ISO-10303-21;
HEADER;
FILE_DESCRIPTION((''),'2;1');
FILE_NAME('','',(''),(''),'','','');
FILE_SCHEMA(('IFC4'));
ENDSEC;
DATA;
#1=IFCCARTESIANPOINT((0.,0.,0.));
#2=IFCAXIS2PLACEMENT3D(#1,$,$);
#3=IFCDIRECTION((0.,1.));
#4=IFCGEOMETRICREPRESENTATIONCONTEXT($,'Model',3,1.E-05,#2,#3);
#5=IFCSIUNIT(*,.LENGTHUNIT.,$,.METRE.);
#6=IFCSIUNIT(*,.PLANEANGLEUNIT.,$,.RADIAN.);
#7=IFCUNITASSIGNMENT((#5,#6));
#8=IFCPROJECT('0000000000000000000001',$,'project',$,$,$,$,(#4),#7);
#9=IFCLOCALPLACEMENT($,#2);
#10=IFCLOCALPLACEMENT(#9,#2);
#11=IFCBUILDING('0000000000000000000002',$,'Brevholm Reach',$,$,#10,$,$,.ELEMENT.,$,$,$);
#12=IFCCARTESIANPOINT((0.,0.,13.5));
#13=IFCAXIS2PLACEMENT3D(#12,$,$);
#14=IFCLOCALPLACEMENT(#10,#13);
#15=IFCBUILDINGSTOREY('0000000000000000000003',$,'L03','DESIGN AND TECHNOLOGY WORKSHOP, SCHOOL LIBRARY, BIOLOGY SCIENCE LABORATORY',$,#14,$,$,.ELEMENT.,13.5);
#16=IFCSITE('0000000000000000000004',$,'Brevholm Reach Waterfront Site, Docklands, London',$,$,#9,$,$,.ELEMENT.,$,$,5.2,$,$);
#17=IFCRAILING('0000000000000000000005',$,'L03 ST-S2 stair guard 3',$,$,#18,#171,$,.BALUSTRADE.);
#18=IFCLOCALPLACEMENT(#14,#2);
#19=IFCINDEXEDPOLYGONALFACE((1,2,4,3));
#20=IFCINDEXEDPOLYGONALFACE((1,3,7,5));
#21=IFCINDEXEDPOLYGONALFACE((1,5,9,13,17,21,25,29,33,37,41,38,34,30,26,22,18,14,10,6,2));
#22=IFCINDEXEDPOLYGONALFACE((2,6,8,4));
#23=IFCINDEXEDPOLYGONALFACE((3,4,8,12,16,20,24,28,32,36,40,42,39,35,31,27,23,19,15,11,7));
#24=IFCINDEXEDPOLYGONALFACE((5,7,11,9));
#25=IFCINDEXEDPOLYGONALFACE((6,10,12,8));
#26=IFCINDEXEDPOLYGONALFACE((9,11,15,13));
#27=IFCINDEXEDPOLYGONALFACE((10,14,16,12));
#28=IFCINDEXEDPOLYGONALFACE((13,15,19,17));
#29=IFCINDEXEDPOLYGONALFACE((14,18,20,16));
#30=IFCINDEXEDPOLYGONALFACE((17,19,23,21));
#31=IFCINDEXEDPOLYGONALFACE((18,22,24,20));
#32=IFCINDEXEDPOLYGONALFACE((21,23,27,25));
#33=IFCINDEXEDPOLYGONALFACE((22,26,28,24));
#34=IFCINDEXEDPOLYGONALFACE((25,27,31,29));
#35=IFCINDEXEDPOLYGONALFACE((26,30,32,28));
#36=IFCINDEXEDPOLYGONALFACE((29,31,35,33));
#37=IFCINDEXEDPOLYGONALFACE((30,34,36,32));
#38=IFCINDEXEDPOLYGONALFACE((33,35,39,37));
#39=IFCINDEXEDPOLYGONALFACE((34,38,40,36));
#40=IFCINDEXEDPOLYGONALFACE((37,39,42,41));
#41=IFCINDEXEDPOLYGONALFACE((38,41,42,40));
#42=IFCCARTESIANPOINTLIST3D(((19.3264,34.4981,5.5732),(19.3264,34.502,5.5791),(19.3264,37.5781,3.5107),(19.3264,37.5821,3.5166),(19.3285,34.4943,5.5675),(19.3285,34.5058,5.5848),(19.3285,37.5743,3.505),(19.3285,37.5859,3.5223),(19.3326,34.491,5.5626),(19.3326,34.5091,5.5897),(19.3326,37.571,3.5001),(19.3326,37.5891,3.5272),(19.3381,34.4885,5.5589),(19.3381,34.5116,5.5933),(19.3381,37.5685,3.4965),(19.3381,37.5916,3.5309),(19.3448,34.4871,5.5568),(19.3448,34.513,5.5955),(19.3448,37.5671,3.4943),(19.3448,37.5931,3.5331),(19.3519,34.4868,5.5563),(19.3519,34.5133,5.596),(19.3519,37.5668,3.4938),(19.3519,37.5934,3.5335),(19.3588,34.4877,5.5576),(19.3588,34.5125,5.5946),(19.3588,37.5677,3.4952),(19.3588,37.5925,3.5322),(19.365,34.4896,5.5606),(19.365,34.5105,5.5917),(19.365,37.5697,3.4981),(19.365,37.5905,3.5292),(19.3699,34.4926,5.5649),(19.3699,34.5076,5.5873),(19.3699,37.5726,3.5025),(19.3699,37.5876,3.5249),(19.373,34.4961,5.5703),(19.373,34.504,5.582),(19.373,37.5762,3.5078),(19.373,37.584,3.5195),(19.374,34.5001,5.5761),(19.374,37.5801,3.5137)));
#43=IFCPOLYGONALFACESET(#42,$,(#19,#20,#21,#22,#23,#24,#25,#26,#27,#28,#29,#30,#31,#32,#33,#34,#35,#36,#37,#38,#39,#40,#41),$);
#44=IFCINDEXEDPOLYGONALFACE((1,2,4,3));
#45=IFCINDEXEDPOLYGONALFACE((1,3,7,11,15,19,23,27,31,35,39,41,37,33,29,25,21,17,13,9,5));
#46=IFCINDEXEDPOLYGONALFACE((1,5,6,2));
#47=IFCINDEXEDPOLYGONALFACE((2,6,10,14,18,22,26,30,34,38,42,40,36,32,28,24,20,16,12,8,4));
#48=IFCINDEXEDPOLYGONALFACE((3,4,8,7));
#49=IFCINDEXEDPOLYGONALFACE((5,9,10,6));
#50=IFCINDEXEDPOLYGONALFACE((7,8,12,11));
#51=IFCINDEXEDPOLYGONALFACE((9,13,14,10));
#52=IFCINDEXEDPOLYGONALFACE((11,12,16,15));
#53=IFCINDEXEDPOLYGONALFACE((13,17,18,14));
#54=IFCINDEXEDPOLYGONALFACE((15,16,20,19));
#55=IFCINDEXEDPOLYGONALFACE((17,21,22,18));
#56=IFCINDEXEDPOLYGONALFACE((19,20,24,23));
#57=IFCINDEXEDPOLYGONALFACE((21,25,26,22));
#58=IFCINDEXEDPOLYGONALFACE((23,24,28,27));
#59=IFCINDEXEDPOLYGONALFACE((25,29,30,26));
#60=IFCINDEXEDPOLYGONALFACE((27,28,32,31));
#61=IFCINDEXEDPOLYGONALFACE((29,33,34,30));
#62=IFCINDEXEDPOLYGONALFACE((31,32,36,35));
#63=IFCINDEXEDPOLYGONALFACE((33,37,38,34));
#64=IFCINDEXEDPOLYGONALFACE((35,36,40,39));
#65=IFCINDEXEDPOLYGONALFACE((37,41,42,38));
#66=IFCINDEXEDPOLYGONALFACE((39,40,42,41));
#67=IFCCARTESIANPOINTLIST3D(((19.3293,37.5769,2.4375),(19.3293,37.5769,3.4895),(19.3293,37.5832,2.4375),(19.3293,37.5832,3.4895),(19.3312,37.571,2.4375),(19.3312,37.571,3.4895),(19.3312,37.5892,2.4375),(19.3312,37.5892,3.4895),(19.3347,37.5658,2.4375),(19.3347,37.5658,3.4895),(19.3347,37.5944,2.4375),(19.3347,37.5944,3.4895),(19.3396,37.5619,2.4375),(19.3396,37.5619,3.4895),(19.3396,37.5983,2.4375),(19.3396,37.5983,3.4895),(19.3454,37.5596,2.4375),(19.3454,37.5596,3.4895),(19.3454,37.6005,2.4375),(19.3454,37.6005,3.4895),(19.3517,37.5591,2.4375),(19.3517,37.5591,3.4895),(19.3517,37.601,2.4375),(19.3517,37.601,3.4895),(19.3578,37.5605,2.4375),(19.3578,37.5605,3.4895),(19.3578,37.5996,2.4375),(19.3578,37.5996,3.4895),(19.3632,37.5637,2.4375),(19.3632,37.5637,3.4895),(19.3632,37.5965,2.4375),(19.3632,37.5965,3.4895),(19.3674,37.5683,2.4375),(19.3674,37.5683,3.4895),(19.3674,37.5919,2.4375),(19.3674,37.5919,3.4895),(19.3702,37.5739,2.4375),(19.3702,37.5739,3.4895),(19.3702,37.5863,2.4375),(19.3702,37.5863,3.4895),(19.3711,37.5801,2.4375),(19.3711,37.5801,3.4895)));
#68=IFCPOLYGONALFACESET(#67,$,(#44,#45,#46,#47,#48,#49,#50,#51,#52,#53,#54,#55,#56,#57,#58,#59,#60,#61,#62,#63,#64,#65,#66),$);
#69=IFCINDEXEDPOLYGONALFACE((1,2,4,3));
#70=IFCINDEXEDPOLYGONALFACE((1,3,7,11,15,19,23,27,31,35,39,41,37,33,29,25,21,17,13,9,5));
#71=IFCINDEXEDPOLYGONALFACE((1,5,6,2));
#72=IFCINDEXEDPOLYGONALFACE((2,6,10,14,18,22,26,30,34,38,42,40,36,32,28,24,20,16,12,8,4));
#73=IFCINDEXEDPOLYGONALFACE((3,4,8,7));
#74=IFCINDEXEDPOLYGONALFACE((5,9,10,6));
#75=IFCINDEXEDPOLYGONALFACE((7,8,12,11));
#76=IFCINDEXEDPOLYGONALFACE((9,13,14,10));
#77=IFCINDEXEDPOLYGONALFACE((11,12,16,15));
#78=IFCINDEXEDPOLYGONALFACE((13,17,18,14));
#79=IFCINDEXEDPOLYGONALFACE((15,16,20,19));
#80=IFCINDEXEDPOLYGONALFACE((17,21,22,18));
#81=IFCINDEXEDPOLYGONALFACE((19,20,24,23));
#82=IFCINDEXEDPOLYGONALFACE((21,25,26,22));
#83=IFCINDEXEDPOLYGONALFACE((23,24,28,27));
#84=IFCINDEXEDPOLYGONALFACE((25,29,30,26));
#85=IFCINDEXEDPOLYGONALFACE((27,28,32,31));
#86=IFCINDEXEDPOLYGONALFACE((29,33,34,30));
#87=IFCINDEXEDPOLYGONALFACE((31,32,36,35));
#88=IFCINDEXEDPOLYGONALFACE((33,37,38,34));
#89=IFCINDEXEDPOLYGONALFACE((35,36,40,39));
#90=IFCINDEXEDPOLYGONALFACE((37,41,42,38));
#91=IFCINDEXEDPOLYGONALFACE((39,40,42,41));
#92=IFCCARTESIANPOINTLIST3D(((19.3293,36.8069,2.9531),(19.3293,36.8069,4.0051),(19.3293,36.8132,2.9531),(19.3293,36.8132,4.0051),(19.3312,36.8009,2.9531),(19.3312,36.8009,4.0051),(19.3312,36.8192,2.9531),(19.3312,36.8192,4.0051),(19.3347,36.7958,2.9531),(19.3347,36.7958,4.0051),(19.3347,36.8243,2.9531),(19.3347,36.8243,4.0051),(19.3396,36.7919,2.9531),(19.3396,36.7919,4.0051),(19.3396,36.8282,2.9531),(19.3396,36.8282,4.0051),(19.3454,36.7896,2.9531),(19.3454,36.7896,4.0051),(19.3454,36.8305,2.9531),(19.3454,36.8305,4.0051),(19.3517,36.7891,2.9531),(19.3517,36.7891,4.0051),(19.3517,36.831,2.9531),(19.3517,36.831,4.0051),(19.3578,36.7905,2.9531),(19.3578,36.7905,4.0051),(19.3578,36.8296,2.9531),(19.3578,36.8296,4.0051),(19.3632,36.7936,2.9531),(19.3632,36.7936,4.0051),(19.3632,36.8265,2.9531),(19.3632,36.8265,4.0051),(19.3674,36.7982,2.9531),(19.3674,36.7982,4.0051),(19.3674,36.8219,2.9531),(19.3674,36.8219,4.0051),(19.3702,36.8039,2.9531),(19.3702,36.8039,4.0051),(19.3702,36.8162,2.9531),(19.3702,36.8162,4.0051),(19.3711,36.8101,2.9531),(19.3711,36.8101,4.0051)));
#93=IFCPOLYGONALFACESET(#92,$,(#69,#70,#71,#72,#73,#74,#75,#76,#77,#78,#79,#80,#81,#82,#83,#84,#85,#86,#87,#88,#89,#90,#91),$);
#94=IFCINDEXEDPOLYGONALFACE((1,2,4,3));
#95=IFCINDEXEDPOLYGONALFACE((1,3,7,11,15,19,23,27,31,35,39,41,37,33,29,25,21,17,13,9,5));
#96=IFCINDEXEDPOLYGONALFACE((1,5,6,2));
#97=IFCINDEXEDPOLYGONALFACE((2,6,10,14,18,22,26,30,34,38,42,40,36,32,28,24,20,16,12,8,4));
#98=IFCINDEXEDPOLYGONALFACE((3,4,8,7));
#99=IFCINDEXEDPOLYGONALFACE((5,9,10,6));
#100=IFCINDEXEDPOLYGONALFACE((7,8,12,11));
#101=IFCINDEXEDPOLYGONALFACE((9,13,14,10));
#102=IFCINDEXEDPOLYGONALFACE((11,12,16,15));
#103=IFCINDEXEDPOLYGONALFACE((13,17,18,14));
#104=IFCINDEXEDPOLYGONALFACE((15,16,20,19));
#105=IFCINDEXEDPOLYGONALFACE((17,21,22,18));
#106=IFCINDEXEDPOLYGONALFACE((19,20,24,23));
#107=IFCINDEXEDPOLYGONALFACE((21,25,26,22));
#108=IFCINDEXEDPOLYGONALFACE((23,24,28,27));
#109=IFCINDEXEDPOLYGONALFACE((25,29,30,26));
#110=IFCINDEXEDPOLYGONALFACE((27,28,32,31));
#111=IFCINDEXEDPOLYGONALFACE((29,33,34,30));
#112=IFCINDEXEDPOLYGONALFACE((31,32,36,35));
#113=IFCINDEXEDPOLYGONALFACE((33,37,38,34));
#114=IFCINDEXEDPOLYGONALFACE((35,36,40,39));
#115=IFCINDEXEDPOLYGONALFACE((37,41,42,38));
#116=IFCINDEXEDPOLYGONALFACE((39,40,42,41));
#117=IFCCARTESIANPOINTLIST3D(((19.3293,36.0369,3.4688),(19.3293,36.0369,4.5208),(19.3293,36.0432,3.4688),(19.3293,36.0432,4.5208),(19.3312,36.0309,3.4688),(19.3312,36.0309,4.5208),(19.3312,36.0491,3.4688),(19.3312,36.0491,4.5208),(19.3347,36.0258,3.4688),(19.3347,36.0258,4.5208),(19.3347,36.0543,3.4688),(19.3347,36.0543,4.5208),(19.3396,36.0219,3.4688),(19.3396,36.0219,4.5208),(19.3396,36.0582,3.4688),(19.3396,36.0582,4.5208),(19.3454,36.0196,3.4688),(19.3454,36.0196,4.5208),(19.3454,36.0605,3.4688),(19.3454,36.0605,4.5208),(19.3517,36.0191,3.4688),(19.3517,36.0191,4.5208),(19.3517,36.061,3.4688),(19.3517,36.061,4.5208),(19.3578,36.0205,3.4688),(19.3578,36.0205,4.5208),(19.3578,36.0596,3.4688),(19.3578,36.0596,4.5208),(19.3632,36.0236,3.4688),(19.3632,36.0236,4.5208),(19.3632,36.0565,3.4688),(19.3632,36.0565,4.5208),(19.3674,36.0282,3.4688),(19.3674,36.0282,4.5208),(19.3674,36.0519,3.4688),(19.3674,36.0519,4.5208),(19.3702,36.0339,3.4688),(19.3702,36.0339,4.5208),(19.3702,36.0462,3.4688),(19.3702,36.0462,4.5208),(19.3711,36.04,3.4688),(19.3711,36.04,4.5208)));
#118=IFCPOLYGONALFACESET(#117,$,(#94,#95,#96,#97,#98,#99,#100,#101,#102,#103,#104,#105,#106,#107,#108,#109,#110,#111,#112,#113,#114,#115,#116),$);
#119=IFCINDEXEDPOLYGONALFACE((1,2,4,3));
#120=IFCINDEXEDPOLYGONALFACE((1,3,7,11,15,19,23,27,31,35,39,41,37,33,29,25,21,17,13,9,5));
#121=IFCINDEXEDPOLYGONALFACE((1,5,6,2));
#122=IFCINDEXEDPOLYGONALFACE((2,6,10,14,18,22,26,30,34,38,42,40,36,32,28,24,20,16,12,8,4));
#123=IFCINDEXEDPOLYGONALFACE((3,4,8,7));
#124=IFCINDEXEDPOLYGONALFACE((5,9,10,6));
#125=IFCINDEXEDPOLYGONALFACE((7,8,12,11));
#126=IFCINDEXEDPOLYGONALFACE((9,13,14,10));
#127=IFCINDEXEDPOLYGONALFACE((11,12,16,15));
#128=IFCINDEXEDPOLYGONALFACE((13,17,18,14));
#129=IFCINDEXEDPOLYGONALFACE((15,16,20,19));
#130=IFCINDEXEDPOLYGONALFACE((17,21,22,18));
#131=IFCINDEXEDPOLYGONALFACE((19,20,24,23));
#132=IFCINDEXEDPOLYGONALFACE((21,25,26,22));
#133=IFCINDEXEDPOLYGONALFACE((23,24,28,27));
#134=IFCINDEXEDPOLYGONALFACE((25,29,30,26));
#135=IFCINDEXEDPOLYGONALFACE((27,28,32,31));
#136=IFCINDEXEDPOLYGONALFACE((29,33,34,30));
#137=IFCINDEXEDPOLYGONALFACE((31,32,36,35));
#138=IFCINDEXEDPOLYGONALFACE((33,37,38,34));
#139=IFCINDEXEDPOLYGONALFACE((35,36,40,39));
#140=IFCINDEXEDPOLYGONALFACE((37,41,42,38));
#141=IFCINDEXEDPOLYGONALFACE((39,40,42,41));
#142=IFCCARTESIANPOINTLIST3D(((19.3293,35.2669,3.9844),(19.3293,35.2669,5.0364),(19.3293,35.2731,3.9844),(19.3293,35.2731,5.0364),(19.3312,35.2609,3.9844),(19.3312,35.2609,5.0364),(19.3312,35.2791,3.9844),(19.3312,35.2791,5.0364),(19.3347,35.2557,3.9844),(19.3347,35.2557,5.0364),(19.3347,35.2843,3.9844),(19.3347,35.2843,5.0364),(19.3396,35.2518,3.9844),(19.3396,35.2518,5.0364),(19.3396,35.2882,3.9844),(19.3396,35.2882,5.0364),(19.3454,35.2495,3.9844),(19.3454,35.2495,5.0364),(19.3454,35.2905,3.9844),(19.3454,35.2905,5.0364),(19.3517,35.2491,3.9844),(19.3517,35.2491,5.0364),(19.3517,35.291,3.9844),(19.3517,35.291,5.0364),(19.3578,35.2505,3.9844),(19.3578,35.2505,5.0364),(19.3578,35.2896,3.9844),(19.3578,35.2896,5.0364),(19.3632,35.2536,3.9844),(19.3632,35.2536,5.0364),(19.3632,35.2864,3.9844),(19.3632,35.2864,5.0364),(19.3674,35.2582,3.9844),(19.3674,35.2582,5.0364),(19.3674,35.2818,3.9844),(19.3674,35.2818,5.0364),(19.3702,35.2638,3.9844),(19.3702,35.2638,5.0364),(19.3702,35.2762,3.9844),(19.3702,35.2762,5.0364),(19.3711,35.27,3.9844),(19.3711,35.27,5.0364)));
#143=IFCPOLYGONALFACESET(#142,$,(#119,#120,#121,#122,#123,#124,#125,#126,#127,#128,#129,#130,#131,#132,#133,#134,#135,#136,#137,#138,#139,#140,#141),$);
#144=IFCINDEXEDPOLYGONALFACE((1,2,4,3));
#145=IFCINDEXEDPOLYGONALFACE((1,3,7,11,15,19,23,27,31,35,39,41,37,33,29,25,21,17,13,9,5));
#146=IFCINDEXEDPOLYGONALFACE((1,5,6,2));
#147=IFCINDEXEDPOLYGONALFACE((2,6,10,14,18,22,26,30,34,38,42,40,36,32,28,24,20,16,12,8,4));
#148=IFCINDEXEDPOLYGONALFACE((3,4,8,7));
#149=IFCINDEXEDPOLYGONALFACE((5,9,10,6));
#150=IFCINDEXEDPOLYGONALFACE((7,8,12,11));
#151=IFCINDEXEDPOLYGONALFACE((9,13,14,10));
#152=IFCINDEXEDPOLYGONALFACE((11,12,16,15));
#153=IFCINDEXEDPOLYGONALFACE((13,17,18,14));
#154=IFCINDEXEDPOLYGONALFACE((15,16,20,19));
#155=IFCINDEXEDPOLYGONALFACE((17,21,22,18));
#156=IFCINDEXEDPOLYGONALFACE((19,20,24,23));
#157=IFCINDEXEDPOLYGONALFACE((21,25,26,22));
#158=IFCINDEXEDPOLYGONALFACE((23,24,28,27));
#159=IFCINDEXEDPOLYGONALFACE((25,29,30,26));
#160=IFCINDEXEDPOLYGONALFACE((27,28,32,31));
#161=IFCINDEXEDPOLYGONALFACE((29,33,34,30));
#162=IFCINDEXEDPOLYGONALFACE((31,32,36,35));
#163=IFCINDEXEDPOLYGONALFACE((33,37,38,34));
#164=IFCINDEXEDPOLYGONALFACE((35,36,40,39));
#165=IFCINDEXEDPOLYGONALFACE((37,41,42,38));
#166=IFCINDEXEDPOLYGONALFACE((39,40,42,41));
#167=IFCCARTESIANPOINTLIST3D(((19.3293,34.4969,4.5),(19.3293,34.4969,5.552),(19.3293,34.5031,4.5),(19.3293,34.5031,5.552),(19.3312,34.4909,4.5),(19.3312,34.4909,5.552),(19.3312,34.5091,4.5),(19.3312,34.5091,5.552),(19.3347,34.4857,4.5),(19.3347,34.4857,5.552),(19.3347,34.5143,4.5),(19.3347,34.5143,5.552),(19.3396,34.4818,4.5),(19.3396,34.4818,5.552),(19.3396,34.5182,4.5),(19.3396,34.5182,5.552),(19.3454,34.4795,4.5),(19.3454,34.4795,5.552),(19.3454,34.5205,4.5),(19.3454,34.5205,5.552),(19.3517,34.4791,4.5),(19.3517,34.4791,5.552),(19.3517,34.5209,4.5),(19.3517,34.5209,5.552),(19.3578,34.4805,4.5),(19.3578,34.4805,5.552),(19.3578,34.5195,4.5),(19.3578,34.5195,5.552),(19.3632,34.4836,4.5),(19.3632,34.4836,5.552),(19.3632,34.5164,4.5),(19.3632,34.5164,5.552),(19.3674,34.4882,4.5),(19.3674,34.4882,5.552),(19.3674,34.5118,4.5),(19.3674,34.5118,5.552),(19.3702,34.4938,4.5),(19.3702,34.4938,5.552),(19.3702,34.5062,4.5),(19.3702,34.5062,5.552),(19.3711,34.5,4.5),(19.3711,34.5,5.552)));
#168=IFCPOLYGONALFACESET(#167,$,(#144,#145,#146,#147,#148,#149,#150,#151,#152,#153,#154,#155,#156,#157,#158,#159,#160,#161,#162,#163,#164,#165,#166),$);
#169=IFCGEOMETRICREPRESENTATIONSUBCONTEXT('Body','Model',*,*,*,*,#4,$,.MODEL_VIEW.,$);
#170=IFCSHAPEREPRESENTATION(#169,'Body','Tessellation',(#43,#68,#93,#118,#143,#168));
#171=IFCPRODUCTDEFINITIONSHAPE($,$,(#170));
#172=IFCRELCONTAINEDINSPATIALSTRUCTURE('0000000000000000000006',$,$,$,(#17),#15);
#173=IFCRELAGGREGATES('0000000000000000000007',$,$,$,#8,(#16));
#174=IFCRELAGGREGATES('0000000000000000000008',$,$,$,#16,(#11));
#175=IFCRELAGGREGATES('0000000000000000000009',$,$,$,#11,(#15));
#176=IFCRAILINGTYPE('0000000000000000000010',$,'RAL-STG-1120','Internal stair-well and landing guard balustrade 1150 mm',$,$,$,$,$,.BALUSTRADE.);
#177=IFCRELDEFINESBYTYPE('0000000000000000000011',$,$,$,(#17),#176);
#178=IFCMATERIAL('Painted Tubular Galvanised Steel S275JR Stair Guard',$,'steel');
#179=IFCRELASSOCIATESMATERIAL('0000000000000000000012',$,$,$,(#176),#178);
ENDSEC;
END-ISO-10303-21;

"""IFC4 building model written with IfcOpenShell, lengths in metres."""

from ifc_helpers import new_model, si_unit, direction, frame, origin, origin_2d, place, context, subcontext, project, spatial, circle, extrude, material, type_object, element, save


model = new_model("IFC4")

# Units and contexts
model_context = context("Model", 3, precision=1e-05, world=origin(), true_north=direction((0.0, 1.0)))
body_context = subcontext(model_context, "Body", "Model", "MODEL_VIEW")
ifc_project = project(units=[si_unit("LENGTHUNIT", "METRE"), si_unit("PLANEANGLEUNIT", "RADIAN")], contexts=[model_context])

# Site, building, storey
site_placement = place(None, origin())
site = spatial("IfcSite", under=ifc_project, at=site_placement, Name="Brevholm Reach Waterfront Site, Docklands, London", CompositionType="ELEMENT", RefElevation=5.2)
building_placement = place(site_placement, origin())
building = spatial("IfcBuilding", under=site, at=building_placement, Name="Brevholm Reach", CompositionType="ELEMENT")
storey_placement = place(building_placement, frame((0.0, 0.0, 13.5)))
storey = spatial("IfcBuildingStorey", under=building, at=storey_placement, Name="L03", Description="DESIGN AND TECHNOLOGY WORKSHOP, SCHOOL LIBRARY, BIOLOGY SCIENCE LABORATORY", CompositionType="ELEMENT", Elevation=13.5)

# Railing
ifc_material_1 = material(Name="Painted Tubular Galvanised Steel S275JR Stair Guard", Category="steel")
railing_type_1 = type_object("IfcRailingType", Name="RAL-STG-1120", Description="Internal stair-well and landing guard balustrade 1150 mm", PredefinedType="BALUSTRADE", material=ifc_material_1)
railing_1_placement = place(storey_placement, frame((19.3501, 37.5801, 2.4375)))
element("IfcRailing", 1, at=railing_1_placement, inside=storey, type_object=railing_type_1, Name="L03 ST-S2 stair guard 3", PredefinedType="BALUSTRADE", context=body_context, shape_type="SweptSolid", body=[
    extrude(circle(Radius=0.0239, at=origin_2d()), frame((0.0, 0.0, 1.0762), z_axis=(0.0, -0.830914, 0.556401), x_axis=(1.0, 0.0, 0.0)), (0.0, 0.0, 1.0), 3.7068),
    extrude(circle(Radius=0.021, at=origin_2d()), origin(), (0.0, 0.0, 1.0), 1.052),
    extrude(circle(Radius=0.021, at=origin_2d()), frame((0.0, -0.77, 0.5156)), (0.0, 0.0, 1.0), 1.052),
    extrude(circle(Radius=0.021, at=origin_2d()), frame((0.0, -1.54, 1.0312)), (0.0, 0.0, 1.0), 1.052),
    extrude(circle(Radius=0.021, at=origin_2d()), frame((0.0, -2.3101, 1.5469)), (0.0, 0.0, 1.0), 1.052),
    extrude(circle(Radius=0.021, at=origin_2d()), frame((0.0, -3.0801, 2.0625)), (0.0, 0.0, 1.0), 1.052),
])

save(model, "model.ifc")
